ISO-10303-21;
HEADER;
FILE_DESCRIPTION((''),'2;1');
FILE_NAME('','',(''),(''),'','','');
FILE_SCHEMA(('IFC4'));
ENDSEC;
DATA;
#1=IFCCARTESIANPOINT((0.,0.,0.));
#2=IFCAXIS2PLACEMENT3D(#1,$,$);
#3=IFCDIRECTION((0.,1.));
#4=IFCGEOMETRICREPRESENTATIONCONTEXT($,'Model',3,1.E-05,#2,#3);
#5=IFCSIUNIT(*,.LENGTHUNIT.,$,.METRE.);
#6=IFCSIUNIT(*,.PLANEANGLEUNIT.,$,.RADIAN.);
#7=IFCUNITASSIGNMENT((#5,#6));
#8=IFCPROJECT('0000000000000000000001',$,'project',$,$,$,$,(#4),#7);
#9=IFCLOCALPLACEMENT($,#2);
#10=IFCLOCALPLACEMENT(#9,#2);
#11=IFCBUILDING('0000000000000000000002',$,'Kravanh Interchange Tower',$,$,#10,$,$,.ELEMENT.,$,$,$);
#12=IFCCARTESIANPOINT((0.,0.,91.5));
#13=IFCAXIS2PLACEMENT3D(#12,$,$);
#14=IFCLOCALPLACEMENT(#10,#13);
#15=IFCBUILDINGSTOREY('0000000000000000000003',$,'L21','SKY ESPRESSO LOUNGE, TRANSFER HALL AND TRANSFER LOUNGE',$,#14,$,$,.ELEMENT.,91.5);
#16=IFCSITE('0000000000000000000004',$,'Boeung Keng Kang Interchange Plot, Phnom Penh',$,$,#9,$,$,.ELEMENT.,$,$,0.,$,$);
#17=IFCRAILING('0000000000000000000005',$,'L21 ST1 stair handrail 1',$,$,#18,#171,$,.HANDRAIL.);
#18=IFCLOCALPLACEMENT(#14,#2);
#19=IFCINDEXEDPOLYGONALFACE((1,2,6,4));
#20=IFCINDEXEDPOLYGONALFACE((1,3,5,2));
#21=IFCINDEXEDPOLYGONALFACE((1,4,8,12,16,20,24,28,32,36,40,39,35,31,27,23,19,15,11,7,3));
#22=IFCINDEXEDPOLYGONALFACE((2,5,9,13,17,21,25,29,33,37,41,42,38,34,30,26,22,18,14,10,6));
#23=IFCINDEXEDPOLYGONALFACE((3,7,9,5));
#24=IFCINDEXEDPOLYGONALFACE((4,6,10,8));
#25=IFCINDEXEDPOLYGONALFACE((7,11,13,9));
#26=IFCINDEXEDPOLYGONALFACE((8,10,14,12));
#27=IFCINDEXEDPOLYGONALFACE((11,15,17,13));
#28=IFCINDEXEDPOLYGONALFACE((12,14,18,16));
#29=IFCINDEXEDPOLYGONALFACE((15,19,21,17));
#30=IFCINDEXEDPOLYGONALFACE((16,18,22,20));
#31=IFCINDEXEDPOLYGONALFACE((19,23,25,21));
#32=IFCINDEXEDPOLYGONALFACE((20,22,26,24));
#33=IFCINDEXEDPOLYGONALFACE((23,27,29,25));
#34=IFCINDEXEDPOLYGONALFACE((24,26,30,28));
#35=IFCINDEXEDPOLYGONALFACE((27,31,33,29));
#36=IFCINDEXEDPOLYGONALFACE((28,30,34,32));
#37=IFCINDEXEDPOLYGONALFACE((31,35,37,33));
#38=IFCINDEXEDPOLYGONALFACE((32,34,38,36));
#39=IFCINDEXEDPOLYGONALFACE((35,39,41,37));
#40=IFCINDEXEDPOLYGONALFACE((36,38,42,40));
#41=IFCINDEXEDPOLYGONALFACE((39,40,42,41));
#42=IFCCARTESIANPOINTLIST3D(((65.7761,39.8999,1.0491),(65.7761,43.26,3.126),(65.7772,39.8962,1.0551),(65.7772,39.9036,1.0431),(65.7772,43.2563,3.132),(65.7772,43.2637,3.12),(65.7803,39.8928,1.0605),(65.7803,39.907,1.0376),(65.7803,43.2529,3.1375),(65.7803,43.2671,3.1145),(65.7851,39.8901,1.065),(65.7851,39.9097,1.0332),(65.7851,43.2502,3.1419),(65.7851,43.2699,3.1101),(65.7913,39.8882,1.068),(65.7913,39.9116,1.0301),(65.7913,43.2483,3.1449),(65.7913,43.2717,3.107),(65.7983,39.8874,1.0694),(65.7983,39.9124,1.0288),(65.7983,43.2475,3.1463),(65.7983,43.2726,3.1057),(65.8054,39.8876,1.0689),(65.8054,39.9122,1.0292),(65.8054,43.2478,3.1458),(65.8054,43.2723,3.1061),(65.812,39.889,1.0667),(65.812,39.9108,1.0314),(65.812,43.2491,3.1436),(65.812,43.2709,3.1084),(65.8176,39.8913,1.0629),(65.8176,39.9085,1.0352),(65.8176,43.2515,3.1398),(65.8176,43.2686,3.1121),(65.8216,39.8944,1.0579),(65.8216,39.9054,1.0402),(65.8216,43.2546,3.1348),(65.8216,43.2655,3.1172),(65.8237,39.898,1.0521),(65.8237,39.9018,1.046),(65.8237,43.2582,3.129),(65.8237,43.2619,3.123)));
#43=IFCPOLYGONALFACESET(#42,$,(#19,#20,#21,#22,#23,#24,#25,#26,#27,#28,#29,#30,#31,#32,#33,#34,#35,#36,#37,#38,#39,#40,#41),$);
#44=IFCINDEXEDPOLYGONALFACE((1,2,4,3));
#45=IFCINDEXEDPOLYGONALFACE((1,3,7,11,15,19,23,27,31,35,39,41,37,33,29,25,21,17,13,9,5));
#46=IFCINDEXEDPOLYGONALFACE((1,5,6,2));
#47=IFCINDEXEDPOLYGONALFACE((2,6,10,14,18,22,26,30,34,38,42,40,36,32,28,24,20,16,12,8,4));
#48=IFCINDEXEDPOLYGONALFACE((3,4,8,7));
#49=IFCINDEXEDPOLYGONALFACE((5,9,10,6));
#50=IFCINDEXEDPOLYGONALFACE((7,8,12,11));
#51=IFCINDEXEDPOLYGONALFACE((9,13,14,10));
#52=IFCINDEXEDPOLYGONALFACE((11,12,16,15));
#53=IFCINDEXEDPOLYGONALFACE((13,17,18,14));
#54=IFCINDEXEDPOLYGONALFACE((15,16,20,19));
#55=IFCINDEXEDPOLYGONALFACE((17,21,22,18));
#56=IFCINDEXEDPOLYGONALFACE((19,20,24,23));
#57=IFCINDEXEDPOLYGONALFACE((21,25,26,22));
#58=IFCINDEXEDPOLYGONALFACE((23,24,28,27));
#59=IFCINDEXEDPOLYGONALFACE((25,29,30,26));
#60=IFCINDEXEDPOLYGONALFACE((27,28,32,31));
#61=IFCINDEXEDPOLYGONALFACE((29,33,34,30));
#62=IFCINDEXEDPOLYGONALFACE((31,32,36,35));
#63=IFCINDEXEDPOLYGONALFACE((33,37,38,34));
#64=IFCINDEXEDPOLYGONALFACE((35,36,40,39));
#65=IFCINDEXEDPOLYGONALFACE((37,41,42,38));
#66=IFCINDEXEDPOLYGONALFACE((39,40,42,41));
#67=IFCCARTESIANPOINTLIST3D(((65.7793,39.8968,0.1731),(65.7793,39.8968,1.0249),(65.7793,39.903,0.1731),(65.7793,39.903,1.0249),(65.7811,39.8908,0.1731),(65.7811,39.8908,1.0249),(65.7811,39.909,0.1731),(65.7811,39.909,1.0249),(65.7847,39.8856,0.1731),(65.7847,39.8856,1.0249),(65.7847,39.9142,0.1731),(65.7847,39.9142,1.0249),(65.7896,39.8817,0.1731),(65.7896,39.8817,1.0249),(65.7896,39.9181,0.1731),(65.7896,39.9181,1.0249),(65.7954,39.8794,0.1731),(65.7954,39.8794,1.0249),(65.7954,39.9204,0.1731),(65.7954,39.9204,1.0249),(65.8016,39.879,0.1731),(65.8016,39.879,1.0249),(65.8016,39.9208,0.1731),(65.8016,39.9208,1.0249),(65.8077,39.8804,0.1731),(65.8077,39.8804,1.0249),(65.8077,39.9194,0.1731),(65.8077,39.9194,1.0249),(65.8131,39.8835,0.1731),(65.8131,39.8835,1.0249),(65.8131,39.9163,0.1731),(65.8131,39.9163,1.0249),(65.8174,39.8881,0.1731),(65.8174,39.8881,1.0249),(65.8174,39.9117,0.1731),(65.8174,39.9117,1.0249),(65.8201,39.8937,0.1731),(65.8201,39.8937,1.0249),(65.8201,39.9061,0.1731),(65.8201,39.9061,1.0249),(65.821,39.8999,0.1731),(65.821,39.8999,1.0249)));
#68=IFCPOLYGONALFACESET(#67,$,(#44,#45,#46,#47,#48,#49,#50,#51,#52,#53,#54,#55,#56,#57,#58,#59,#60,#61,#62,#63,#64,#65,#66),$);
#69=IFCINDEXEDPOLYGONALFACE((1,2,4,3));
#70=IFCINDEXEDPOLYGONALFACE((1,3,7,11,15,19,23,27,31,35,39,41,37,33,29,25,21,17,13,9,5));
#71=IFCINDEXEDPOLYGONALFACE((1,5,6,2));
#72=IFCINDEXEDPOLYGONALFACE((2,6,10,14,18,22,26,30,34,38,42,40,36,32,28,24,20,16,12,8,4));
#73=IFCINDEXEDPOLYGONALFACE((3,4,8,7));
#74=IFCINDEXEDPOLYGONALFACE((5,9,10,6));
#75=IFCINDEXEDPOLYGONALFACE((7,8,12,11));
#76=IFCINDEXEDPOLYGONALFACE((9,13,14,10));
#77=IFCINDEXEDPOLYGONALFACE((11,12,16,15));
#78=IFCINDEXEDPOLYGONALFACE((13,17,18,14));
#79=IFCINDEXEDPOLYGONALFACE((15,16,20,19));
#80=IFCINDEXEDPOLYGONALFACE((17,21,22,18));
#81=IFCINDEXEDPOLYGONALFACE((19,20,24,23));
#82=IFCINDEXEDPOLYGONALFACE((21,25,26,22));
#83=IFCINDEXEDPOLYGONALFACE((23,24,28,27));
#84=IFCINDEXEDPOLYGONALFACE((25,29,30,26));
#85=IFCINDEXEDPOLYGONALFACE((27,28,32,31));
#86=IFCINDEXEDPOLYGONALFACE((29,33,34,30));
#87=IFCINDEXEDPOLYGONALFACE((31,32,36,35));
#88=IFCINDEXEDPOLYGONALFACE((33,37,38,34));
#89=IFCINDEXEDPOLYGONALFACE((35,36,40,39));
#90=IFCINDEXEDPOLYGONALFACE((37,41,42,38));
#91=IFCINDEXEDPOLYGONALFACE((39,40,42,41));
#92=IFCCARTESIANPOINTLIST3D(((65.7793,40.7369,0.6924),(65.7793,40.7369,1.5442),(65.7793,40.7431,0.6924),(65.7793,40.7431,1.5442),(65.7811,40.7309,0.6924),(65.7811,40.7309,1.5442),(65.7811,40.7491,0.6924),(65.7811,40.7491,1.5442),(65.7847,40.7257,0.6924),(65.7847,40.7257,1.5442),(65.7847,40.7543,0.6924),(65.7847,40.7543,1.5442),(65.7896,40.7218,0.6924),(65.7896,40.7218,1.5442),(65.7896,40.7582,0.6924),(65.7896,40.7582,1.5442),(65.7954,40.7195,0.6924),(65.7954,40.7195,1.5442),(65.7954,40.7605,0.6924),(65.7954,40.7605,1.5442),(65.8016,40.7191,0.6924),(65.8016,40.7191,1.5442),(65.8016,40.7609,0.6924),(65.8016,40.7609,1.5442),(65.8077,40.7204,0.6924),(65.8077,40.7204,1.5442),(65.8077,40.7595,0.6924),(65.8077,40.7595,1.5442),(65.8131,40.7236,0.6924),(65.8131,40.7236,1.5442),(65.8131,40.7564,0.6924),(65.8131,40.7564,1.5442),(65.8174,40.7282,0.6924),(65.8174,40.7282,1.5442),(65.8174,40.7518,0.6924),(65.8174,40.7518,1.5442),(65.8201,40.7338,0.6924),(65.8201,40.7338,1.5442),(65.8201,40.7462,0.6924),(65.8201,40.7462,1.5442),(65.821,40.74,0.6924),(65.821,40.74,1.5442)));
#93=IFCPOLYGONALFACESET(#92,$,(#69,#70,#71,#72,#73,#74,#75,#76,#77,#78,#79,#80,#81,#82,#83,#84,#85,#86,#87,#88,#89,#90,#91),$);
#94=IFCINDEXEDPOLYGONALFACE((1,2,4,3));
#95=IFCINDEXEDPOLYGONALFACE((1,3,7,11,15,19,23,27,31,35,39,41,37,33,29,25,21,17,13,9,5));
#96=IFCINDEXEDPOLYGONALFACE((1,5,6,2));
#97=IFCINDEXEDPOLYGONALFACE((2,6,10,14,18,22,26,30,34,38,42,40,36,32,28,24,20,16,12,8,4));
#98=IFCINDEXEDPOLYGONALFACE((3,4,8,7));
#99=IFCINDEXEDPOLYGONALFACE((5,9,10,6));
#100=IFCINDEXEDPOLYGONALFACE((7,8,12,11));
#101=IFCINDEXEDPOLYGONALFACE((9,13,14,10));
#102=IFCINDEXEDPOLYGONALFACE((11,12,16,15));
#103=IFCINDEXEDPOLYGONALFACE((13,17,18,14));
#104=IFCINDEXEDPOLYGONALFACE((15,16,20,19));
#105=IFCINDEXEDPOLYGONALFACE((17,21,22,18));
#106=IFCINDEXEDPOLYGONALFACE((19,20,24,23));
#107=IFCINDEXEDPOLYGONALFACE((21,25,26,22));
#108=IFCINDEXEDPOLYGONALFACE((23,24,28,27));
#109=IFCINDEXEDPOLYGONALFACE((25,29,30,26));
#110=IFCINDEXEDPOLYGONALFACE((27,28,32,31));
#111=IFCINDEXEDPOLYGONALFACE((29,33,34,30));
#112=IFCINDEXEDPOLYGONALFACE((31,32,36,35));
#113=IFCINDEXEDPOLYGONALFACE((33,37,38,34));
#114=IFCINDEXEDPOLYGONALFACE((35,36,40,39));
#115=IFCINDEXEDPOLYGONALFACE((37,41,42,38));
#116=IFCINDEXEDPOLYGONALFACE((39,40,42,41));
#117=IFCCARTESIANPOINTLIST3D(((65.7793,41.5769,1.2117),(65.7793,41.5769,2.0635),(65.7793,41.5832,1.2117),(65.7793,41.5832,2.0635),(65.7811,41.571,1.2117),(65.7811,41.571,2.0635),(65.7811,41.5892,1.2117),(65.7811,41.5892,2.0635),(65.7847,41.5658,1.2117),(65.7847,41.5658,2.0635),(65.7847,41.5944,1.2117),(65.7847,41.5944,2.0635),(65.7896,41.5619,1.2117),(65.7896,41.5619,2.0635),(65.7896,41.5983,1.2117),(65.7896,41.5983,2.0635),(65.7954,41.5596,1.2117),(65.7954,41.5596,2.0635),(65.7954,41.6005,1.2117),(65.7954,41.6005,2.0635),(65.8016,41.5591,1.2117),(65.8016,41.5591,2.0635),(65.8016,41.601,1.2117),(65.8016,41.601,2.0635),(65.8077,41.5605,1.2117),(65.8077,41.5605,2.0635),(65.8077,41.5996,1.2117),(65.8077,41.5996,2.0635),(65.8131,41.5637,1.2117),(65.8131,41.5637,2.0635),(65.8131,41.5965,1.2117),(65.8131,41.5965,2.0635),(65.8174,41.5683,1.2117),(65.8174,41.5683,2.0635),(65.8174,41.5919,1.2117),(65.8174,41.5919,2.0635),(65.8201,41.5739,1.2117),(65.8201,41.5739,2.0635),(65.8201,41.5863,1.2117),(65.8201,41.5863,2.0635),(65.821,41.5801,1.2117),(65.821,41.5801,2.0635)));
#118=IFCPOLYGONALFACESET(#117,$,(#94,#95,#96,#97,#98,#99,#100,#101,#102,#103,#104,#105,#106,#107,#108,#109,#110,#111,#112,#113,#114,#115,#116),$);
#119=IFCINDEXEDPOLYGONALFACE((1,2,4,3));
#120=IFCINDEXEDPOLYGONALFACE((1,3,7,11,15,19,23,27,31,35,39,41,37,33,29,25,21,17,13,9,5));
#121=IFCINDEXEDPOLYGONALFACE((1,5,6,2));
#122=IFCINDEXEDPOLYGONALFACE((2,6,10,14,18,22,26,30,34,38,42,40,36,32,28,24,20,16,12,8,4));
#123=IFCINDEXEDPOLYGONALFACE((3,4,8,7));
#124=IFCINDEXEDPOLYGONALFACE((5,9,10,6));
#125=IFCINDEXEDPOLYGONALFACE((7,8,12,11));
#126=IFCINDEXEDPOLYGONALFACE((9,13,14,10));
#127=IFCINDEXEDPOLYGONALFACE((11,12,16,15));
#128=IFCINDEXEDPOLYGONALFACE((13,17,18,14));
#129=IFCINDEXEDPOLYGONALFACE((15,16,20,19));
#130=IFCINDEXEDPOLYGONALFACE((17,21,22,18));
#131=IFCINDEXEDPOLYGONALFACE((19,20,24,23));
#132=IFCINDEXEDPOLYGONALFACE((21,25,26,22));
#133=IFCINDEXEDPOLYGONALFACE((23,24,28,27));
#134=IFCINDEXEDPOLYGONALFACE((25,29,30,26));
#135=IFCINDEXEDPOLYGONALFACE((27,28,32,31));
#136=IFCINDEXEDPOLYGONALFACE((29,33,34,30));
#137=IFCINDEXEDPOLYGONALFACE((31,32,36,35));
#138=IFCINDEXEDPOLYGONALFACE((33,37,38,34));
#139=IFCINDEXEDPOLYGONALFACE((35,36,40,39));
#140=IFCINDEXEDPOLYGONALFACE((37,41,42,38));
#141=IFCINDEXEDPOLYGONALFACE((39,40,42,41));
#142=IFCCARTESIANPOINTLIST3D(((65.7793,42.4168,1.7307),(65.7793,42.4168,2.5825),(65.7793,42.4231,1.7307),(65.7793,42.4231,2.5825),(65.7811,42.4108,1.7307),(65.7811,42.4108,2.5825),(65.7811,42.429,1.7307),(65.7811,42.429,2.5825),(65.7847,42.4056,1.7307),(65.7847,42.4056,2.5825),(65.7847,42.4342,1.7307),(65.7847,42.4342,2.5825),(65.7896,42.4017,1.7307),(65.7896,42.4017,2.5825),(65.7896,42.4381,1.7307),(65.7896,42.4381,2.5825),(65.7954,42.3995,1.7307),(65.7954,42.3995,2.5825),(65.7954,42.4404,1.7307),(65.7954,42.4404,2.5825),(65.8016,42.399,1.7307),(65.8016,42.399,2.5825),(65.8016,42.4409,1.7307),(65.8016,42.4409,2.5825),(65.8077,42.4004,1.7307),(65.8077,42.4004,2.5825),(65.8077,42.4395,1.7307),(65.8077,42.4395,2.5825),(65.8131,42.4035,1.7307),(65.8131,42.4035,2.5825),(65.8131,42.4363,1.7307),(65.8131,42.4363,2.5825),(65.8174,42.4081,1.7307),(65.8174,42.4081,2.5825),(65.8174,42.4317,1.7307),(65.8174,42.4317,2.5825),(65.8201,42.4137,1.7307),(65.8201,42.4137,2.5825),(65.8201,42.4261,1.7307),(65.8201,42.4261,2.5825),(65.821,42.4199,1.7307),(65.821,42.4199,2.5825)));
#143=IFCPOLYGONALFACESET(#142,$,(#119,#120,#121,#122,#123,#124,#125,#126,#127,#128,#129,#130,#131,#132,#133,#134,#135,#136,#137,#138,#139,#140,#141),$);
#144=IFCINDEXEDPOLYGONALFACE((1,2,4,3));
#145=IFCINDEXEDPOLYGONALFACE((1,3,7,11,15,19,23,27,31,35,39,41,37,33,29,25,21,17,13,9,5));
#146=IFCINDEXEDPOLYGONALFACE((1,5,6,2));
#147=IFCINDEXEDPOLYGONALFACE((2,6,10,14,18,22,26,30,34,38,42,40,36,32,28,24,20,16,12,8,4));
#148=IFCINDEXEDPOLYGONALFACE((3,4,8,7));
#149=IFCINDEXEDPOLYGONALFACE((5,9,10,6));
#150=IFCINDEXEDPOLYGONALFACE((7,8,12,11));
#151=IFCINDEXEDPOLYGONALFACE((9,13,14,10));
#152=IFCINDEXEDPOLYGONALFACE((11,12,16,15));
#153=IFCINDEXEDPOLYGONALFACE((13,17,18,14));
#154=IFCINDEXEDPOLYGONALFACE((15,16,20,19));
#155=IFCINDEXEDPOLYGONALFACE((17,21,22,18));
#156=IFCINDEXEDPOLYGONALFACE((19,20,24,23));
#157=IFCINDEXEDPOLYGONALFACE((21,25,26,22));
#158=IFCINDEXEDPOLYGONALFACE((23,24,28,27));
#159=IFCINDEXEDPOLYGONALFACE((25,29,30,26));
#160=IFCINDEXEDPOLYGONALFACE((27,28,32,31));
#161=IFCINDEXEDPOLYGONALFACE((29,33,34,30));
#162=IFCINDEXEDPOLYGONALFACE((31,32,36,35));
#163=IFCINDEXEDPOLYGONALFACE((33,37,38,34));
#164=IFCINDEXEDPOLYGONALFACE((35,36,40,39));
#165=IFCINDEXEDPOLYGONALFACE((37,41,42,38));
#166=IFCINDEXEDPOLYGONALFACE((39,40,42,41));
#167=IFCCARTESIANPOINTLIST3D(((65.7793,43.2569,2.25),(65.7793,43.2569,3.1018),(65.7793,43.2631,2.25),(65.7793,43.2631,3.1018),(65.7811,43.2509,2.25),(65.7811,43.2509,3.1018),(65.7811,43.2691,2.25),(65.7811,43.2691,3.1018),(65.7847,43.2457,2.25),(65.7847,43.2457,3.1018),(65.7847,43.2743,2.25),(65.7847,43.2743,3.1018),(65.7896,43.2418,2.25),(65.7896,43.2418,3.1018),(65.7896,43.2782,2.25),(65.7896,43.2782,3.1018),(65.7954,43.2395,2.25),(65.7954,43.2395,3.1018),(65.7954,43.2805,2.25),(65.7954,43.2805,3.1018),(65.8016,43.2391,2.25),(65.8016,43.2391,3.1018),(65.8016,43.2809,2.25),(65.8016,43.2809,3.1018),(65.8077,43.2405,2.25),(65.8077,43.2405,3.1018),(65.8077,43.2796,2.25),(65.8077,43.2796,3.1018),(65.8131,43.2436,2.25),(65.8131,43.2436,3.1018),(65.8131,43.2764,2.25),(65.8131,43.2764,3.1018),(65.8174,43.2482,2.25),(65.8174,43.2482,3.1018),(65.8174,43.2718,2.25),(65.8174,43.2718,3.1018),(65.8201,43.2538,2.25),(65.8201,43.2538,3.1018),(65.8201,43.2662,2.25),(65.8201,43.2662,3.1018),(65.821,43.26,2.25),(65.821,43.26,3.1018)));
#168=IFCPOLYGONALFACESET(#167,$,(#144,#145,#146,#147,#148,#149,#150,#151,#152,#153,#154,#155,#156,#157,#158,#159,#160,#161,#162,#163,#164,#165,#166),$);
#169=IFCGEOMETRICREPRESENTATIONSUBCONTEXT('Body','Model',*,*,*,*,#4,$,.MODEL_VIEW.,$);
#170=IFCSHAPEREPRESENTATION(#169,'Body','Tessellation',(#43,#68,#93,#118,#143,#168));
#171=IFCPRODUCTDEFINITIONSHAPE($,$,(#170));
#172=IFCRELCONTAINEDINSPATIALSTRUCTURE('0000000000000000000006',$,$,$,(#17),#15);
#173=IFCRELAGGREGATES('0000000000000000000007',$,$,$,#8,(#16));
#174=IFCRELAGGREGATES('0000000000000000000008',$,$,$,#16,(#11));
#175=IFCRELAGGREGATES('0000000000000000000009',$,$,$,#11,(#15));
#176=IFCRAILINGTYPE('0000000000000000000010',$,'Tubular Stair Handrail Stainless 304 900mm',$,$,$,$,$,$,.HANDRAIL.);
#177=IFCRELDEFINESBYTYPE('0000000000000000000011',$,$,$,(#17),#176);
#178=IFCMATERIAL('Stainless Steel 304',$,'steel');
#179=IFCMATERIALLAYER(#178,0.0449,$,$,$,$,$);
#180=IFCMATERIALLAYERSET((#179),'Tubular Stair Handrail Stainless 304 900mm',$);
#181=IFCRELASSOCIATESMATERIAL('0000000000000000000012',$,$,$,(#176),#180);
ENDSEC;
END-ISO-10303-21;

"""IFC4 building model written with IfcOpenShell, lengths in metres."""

from ifc_helpers import new_model, si_unit, direction, frame, origin, origin_2d, place, context, subcontext, project, spatial, circle, extrude, material, layer, layer_set, type_object, element, save


model = new_model("IFC4")

# Units and contexts
model_context = context("Model", 3, precision=1e-05, world=origin(), true_north=direction((0.0, 1.0)))
body_context = subcontext(model_context, "Body", "Model", "MODEL_VIEW")
ifc_project = project(units=[si_unit("LENGTHUNIT", "METRE"), si_unit("PLANEANGLEUNIT", "RADIAN")], contexts=[model_context])

# Site, building, storey
site_placement = place(None, origin())
site = spatial("IfcSite", under=ifc_project, at=site_placement, Name="Boeung Keng Kang Interchange Plot, Phnom Penh", CompositionType="ELEMENT", RefElevation=0.0)
building_placement = place(site_placement, origin())
building = spatial("IfcBuilding", under=site, at=building_placement, Name="Kravanh Interchange Tower", CompositionType="ELEMENT")
storey_placement = place(building_placement, frame((0.0, 0.0, 91.5)))
storey = spatial("IfcBuildingStorey", under=building, at=storey_placement, Name="L21", Description="SKY ESPRESSO LOUNGE, TRANSFER HALL AND TRANSFER LOUNGE", CompositionType="ELEMENT", Elevation=91.5)

# Railing
ifc_material_1 = material(Name="Stainless Steel 304", Category="steel")
ifc_layer_1 = layer(ifc_material_1, 0.0449)
ifc_layer_set_1 = layer_set([ifc_layer_1], Name="Tubular Stair Handrail Stainless 304 900mm")
railing_type_1 = type_object("IfcRailingType", Name="Tubular Stair Handrail Stainless 304 900mm", PredefinedType="HANDRAIL", material=ifc_layer_set_1)
railing_1_placement = place(storey_placement, frame((65.8, 39.8999, 0.1731)))
element("IfcRailing", 1, at=railing_1_placement, inside=storey, type_object=railing_type_1, Name="L21 ST1 stair handrail 1", PredefinedType="HANDRAIL", context=body_context, shape_type="SweptSolid", body=[
    extrude(circle(Radius=0.0239, at=origin_2d()), frame((0.0, 0.0, 0.876), z_axis=(0.0, 0.850623, 0.525776), x_axis=(-1.0, 0.0, 0.0)), (0.0, 0.0, 1.0), 3.9502),
    extrude(circle(Radius=0.021, at=origin_2d()), origin(), (0.0, 0.0, 1.0), 0.8518),
    extrude(circle(Radius=0.021, at=origin_2d()), frame((0.0, 0.8401, 0.5193)), (0.0, 0.0, 1.0), 0.8518),
    extrude(circle(Radius=0.021, at=origin_2d()), frame((0.0, 1.6802, 1.0386)), (0.0, 0.0, 1.0), 0.8518),
    extrude(circle(Radius=0.021, at=origin_2d()), frame((0.0, 2.52, 1.5576)), (0.0, 0.0, 1.0), 0.8518),
    extrude(circle(Radius=0.021, at=origin_2d()), frame((0.0, 3.3601, 2.0769)), (0.0, 0.0, 1.0), 0.8518),
])

save(model, "model.ifc")
